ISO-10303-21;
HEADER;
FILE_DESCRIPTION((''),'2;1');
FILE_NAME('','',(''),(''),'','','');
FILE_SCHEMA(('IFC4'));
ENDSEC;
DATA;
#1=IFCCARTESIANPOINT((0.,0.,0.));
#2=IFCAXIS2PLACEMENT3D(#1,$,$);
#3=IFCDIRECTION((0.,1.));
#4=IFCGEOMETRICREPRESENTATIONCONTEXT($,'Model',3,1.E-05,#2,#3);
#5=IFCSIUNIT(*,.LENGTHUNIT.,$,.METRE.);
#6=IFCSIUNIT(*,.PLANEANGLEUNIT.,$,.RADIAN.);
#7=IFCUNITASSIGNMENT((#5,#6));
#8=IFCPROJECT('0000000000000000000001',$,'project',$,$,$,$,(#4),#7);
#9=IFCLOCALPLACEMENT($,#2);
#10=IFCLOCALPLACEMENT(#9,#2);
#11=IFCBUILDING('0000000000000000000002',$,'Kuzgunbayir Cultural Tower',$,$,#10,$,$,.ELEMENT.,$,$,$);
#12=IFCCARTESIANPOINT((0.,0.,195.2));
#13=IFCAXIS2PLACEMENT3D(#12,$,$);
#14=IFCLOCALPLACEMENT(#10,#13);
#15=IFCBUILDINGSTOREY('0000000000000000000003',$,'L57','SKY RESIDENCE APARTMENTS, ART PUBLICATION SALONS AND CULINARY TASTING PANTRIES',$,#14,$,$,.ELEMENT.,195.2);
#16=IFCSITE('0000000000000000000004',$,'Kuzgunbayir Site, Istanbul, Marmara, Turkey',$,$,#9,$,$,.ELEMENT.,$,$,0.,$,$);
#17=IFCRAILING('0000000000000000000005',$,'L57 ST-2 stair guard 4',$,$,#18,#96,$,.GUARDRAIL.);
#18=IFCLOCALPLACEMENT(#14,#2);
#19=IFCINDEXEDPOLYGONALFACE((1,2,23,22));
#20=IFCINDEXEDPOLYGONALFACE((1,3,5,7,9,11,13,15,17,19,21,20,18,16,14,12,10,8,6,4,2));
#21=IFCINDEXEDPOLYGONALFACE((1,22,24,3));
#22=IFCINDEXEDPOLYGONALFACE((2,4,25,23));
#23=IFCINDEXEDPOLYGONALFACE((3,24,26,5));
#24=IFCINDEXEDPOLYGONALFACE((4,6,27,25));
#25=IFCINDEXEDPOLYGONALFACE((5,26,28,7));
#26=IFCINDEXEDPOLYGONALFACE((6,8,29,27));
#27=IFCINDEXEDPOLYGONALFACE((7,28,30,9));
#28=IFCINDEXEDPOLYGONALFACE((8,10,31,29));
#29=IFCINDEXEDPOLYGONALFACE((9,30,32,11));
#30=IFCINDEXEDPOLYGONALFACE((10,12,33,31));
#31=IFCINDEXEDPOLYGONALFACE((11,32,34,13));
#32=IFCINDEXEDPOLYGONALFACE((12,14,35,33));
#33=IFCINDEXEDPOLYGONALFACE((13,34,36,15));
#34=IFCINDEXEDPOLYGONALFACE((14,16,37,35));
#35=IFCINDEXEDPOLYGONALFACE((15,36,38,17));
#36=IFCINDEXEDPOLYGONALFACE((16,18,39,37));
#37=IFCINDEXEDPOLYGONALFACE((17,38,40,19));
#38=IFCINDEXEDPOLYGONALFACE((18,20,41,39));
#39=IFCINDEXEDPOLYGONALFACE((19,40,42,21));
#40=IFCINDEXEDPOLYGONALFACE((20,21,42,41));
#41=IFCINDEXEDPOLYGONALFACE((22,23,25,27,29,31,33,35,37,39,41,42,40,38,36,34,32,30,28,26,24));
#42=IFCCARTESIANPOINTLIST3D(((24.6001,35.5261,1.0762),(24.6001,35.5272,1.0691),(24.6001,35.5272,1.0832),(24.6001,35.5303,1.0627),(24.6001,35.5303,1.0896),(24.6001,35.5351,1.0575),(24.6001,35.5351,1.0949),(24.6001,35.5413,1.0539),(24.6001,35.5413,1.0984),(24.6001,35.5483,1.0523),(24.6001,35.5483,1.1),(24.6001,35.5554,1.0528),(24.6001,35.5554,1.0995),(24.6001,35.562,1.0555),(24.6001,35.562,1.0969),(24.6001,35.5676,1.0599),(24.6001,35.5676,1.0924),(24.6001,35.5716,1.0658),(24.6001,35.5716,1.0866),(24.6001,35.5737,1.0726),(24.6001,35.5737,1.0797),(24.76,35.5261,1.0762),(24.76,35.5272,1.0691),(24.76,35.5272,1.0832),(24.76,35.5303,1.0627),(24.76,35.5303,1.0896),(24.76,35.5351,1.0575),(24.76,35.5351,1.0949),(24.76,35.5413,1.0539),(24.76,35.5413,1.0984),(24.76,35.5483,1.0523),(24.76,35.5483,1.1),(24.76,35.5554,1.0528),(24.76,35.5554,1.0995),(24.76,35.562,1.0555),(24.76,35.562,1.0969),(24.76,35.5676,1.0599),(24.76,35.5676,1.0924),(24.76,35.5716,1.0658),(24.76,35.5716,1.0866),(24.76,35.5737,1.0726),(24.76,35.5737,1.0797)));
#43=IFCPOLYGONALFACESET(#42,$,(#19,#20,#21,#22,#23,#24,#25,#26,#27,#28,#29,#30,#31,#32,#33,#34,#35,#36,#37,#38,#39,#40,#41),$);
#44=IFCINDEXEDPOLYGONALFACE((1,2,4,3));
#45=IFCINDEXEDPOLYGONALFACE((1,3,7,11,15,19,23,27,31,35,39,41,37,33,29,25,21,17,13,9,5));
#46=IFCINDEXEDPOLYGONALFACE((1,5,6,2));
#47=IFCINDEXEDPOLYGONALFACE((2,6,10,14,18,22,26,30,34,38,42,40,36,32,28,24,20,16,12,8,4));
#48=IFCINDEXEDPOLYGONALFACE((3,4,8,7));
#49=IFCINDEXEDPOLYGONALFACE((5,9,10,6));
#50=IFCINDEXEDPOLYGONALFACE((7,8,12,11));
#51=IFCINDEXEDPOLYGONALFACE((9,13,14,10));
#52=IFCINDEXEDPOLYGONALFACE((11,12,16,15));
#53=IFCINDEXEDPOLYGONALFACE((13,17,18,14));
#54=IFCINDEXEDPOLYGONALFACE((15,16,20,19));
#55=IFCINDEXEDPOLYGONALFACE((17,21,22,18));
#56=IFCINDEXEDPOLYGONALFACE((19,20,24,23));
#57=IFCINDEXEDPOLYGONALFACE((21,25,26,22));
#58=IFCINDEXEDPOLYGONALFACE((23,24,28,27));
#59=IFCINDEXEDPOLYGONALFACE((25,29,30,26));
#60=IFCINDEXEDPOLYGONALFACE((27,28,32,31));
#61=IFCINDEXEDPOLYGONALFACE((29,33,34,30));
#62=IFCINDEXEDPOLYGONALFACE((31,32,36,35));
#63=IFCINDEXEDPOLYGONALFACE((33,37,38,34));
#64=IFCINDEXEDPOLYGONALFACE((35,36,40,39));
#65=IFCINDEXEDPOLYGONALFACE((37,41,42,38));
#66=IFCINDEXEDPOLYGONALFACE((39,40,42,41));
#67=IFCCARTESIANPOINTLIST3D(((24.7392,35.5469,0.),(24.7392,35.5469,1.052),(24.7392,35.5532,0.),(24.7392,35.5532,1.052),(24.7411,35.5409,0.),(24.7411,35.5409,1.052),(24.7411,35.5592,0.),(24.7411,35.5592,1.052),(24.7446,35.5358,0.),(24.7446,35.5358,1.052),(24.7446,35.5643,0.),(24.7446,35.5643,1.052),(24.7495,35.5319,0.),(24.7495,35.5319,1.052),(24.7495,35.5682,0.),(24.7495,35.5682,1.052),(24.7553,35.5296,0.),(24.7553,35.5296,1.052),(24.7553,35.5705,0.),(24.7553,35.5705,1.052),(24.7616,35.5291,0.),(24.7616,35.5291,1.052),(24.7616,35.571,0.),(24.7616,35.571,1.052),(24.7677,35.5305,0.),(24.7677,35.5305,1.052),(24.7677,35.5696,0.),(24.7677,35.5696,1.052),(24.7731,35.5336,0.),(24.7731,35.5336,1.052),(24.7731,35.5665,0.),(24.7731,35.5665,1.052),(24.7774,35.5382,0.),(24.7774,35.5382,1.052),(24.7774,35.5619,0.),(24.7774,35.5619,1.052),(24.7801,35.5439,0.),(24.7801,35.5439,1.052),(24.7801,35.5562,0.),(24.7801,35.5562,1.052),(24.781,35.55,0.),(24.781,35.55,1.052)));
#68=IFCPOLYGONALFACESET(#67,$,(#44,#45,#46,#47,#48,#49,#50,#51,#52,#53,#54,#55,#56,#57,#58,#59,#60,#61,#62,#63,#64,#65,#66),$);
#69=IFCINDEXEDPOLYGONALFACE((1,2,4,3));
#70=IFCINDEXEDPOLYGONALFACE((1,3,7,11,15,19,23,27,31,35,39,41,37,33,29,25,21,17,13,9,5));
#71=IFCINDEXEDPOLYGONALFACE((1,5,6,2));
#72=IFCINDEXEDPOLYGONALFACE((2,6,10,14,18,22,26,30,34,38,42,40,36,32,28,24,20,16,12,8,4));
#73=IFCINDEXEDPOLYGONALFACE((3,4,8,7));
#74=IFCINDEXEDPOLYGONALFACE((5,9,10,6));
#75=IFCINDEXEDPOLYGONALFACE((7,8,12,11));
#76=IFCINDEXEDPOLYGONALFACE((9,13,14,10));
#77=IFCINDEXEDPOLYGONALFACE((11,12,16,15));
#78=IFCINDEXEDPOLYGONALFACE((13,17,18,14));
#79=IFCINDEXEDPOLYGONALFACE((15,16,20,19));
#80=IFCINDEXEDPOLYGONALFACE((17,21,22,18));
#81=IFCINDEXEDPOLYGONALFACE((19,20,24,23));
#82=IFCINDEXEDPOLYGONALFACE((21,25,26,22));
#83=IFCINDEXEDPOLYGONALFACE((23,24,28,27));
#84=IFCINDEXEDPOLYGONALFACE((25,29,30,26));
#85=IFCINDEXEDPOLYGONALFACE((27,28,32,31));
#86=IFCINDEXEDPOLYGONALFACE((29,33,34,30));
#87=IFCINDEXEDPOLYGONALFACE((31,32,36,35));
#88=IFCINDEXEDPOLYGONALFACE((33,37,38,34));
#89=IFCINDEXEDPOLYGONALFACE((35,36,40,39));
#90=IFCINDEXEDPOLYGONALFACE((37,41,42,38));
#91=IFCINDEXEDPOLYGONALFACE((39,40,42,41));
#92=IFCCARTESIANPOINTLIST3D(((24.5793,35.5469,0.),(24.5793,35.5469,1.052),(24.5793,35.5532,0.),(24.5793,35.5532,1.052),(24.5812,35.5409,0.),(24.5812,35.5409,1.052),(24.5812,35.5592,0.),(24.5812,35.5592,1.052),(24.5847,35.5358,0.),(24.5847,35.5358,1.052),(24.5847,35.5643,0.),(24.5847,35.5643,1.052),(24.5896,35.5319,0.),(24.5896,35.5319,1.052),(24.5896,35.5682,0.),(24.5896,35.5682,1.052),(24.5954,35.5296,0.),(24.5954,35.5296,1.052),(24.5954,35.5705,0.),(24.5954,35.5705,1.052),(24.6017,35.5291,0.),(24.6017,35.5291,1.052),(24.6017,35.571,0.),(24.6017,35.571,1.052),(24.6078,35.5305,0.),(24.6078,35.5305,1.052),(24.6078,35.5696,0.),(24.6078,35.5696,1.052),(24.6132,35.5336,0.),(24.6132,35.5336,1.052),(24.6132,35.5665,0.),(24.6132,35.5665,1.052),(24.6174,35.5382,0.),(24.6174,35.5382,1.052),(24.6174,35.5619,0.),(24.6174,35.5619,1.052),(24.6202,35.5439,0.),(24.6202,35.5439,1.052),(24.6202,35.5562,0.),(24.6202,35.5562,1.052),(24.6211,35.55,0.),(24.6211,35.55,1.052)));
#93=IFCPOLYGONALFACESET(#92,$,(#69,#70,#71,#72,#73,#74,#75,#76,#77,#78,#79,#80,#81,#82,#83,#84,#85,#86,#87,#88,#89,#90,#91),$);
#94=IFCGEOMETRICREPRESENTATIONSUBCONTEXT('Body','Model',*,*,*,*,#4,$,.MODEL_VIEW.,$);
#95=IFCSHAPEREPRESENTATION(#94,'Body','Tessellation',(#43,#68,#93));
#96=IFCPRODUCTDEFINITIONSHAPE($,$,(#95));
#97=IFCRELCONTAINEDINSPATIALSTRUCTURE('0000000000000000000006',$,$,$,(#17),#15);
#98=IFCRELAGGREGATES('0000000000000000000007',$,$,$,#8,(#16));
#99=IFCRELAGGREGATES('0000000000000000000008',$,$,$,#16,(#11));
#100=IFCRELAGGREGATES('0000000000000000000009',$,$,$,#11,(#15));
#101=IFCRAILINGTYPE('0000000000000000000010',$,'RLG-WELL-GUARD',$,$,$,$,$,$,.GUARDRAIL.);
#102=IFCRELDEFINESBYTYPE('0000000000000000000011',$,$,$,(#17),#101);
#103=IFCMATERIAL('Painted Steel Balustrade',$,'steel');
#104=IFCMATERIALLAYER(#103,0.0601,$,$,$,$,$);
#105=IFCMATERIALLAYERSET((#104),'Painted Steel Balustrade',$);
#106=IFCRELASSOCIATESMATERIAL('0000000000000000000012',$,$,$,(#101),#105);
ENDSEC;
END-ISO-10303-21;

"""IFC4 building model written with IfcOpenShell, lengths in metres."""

from ifc_helpers import new_model, si_unit, direction, frame, origin, origin_2d, place, context, subcontext, project, spatial, circle, extrude, material, layer, layer_set, type_object, element, save


model = new_model("IFC4")

# Units and contexts
model_context = context("Model", 3, precision=1e-05, world=origin(), true_north=direction((0.0, 1.0)))
body_context = subcontext(model_context, "Body", "Model", "MODEL_VIEW")
ifc_project = project(units=[si_unit("LENGTHUNIT", "METRE"), si_unit("PLANEANGLEUNIT", "RADIAN")], contexts=[model_context])

# Site, building, storey
site_placement = place(None, origin())
site = spatial("IfcSite", under=ifc_project, at=site_placement, Name="Kuzgunbayir Site, Istanbul, Marmara, Turkey", CompositionType="ELEMENT", RefElevation=0.0)
building_placement = place(site_placement, origin())
building = spatial("IfcBuilding", under=site, at=building_placement, Name="Kuzgunbayir Cultural Tower", CompositionType="ELEMENT")
storey_placement = place(building_placement, frame((0.0, 0.0, 195.2)))
storey = spatial("IfcBuildingStorey", under=building, at=storey_placement, Name="L57", Description="SKY RESIDENCE APARTMENTS, ART PUBLICATION SALONS AND CULINARY TASTING PANTRIES", CompositionType="ELEMENT", Elevation=195.2)

# Railing
ifc_material_1 = material(Name="Painted Steel Balustrade", Category="steel")
ifc_layer_1 = layer(ifc_material_1, 0.0601)
ifc_layer_set_1 = layer_set([ifc_layer_1], Name="Painted Steel Balustrade")
railing_type_1 = type_object("IfcRailingType", Name="RLG-WELL-GUARD", PredefinedType="GUARDRAIL", material=ifc_layer_set_1)
railing_1_placement = place(storey_placement, frame((24.76, 35.55, 0.0)))
element("IfcRailing", 1, at=railing_1_placement, inside=storey, type_object=railing_type_1, Name="L57 ST-2 stair guard 4", PredefinedType="GUARDRAIL", context=body_context, shape_type="SweptSolid", body=[
    extrude(circle(Radius=0.0239, at=origin_2d()), frame((0.0, 0.0, 1.0762), z_axis=(-1.0, 0.0, 0.0), x_axis=(0.0, -1.0, 0.0)), (0.0, 0.0, 1.0), 0.1599),
    extrude(circle(Radius=0.021, at=origin_2d()), origin(), (0.0, 0.0, 1.0), 1.052),
    extrude(circle(Radius=0.021, at=origin_2d()), frame((-0.1599, 0.0, 0.0)), (0.0, 0.0, 1.0), 1.052),
])

save(model, "model.ifc")
